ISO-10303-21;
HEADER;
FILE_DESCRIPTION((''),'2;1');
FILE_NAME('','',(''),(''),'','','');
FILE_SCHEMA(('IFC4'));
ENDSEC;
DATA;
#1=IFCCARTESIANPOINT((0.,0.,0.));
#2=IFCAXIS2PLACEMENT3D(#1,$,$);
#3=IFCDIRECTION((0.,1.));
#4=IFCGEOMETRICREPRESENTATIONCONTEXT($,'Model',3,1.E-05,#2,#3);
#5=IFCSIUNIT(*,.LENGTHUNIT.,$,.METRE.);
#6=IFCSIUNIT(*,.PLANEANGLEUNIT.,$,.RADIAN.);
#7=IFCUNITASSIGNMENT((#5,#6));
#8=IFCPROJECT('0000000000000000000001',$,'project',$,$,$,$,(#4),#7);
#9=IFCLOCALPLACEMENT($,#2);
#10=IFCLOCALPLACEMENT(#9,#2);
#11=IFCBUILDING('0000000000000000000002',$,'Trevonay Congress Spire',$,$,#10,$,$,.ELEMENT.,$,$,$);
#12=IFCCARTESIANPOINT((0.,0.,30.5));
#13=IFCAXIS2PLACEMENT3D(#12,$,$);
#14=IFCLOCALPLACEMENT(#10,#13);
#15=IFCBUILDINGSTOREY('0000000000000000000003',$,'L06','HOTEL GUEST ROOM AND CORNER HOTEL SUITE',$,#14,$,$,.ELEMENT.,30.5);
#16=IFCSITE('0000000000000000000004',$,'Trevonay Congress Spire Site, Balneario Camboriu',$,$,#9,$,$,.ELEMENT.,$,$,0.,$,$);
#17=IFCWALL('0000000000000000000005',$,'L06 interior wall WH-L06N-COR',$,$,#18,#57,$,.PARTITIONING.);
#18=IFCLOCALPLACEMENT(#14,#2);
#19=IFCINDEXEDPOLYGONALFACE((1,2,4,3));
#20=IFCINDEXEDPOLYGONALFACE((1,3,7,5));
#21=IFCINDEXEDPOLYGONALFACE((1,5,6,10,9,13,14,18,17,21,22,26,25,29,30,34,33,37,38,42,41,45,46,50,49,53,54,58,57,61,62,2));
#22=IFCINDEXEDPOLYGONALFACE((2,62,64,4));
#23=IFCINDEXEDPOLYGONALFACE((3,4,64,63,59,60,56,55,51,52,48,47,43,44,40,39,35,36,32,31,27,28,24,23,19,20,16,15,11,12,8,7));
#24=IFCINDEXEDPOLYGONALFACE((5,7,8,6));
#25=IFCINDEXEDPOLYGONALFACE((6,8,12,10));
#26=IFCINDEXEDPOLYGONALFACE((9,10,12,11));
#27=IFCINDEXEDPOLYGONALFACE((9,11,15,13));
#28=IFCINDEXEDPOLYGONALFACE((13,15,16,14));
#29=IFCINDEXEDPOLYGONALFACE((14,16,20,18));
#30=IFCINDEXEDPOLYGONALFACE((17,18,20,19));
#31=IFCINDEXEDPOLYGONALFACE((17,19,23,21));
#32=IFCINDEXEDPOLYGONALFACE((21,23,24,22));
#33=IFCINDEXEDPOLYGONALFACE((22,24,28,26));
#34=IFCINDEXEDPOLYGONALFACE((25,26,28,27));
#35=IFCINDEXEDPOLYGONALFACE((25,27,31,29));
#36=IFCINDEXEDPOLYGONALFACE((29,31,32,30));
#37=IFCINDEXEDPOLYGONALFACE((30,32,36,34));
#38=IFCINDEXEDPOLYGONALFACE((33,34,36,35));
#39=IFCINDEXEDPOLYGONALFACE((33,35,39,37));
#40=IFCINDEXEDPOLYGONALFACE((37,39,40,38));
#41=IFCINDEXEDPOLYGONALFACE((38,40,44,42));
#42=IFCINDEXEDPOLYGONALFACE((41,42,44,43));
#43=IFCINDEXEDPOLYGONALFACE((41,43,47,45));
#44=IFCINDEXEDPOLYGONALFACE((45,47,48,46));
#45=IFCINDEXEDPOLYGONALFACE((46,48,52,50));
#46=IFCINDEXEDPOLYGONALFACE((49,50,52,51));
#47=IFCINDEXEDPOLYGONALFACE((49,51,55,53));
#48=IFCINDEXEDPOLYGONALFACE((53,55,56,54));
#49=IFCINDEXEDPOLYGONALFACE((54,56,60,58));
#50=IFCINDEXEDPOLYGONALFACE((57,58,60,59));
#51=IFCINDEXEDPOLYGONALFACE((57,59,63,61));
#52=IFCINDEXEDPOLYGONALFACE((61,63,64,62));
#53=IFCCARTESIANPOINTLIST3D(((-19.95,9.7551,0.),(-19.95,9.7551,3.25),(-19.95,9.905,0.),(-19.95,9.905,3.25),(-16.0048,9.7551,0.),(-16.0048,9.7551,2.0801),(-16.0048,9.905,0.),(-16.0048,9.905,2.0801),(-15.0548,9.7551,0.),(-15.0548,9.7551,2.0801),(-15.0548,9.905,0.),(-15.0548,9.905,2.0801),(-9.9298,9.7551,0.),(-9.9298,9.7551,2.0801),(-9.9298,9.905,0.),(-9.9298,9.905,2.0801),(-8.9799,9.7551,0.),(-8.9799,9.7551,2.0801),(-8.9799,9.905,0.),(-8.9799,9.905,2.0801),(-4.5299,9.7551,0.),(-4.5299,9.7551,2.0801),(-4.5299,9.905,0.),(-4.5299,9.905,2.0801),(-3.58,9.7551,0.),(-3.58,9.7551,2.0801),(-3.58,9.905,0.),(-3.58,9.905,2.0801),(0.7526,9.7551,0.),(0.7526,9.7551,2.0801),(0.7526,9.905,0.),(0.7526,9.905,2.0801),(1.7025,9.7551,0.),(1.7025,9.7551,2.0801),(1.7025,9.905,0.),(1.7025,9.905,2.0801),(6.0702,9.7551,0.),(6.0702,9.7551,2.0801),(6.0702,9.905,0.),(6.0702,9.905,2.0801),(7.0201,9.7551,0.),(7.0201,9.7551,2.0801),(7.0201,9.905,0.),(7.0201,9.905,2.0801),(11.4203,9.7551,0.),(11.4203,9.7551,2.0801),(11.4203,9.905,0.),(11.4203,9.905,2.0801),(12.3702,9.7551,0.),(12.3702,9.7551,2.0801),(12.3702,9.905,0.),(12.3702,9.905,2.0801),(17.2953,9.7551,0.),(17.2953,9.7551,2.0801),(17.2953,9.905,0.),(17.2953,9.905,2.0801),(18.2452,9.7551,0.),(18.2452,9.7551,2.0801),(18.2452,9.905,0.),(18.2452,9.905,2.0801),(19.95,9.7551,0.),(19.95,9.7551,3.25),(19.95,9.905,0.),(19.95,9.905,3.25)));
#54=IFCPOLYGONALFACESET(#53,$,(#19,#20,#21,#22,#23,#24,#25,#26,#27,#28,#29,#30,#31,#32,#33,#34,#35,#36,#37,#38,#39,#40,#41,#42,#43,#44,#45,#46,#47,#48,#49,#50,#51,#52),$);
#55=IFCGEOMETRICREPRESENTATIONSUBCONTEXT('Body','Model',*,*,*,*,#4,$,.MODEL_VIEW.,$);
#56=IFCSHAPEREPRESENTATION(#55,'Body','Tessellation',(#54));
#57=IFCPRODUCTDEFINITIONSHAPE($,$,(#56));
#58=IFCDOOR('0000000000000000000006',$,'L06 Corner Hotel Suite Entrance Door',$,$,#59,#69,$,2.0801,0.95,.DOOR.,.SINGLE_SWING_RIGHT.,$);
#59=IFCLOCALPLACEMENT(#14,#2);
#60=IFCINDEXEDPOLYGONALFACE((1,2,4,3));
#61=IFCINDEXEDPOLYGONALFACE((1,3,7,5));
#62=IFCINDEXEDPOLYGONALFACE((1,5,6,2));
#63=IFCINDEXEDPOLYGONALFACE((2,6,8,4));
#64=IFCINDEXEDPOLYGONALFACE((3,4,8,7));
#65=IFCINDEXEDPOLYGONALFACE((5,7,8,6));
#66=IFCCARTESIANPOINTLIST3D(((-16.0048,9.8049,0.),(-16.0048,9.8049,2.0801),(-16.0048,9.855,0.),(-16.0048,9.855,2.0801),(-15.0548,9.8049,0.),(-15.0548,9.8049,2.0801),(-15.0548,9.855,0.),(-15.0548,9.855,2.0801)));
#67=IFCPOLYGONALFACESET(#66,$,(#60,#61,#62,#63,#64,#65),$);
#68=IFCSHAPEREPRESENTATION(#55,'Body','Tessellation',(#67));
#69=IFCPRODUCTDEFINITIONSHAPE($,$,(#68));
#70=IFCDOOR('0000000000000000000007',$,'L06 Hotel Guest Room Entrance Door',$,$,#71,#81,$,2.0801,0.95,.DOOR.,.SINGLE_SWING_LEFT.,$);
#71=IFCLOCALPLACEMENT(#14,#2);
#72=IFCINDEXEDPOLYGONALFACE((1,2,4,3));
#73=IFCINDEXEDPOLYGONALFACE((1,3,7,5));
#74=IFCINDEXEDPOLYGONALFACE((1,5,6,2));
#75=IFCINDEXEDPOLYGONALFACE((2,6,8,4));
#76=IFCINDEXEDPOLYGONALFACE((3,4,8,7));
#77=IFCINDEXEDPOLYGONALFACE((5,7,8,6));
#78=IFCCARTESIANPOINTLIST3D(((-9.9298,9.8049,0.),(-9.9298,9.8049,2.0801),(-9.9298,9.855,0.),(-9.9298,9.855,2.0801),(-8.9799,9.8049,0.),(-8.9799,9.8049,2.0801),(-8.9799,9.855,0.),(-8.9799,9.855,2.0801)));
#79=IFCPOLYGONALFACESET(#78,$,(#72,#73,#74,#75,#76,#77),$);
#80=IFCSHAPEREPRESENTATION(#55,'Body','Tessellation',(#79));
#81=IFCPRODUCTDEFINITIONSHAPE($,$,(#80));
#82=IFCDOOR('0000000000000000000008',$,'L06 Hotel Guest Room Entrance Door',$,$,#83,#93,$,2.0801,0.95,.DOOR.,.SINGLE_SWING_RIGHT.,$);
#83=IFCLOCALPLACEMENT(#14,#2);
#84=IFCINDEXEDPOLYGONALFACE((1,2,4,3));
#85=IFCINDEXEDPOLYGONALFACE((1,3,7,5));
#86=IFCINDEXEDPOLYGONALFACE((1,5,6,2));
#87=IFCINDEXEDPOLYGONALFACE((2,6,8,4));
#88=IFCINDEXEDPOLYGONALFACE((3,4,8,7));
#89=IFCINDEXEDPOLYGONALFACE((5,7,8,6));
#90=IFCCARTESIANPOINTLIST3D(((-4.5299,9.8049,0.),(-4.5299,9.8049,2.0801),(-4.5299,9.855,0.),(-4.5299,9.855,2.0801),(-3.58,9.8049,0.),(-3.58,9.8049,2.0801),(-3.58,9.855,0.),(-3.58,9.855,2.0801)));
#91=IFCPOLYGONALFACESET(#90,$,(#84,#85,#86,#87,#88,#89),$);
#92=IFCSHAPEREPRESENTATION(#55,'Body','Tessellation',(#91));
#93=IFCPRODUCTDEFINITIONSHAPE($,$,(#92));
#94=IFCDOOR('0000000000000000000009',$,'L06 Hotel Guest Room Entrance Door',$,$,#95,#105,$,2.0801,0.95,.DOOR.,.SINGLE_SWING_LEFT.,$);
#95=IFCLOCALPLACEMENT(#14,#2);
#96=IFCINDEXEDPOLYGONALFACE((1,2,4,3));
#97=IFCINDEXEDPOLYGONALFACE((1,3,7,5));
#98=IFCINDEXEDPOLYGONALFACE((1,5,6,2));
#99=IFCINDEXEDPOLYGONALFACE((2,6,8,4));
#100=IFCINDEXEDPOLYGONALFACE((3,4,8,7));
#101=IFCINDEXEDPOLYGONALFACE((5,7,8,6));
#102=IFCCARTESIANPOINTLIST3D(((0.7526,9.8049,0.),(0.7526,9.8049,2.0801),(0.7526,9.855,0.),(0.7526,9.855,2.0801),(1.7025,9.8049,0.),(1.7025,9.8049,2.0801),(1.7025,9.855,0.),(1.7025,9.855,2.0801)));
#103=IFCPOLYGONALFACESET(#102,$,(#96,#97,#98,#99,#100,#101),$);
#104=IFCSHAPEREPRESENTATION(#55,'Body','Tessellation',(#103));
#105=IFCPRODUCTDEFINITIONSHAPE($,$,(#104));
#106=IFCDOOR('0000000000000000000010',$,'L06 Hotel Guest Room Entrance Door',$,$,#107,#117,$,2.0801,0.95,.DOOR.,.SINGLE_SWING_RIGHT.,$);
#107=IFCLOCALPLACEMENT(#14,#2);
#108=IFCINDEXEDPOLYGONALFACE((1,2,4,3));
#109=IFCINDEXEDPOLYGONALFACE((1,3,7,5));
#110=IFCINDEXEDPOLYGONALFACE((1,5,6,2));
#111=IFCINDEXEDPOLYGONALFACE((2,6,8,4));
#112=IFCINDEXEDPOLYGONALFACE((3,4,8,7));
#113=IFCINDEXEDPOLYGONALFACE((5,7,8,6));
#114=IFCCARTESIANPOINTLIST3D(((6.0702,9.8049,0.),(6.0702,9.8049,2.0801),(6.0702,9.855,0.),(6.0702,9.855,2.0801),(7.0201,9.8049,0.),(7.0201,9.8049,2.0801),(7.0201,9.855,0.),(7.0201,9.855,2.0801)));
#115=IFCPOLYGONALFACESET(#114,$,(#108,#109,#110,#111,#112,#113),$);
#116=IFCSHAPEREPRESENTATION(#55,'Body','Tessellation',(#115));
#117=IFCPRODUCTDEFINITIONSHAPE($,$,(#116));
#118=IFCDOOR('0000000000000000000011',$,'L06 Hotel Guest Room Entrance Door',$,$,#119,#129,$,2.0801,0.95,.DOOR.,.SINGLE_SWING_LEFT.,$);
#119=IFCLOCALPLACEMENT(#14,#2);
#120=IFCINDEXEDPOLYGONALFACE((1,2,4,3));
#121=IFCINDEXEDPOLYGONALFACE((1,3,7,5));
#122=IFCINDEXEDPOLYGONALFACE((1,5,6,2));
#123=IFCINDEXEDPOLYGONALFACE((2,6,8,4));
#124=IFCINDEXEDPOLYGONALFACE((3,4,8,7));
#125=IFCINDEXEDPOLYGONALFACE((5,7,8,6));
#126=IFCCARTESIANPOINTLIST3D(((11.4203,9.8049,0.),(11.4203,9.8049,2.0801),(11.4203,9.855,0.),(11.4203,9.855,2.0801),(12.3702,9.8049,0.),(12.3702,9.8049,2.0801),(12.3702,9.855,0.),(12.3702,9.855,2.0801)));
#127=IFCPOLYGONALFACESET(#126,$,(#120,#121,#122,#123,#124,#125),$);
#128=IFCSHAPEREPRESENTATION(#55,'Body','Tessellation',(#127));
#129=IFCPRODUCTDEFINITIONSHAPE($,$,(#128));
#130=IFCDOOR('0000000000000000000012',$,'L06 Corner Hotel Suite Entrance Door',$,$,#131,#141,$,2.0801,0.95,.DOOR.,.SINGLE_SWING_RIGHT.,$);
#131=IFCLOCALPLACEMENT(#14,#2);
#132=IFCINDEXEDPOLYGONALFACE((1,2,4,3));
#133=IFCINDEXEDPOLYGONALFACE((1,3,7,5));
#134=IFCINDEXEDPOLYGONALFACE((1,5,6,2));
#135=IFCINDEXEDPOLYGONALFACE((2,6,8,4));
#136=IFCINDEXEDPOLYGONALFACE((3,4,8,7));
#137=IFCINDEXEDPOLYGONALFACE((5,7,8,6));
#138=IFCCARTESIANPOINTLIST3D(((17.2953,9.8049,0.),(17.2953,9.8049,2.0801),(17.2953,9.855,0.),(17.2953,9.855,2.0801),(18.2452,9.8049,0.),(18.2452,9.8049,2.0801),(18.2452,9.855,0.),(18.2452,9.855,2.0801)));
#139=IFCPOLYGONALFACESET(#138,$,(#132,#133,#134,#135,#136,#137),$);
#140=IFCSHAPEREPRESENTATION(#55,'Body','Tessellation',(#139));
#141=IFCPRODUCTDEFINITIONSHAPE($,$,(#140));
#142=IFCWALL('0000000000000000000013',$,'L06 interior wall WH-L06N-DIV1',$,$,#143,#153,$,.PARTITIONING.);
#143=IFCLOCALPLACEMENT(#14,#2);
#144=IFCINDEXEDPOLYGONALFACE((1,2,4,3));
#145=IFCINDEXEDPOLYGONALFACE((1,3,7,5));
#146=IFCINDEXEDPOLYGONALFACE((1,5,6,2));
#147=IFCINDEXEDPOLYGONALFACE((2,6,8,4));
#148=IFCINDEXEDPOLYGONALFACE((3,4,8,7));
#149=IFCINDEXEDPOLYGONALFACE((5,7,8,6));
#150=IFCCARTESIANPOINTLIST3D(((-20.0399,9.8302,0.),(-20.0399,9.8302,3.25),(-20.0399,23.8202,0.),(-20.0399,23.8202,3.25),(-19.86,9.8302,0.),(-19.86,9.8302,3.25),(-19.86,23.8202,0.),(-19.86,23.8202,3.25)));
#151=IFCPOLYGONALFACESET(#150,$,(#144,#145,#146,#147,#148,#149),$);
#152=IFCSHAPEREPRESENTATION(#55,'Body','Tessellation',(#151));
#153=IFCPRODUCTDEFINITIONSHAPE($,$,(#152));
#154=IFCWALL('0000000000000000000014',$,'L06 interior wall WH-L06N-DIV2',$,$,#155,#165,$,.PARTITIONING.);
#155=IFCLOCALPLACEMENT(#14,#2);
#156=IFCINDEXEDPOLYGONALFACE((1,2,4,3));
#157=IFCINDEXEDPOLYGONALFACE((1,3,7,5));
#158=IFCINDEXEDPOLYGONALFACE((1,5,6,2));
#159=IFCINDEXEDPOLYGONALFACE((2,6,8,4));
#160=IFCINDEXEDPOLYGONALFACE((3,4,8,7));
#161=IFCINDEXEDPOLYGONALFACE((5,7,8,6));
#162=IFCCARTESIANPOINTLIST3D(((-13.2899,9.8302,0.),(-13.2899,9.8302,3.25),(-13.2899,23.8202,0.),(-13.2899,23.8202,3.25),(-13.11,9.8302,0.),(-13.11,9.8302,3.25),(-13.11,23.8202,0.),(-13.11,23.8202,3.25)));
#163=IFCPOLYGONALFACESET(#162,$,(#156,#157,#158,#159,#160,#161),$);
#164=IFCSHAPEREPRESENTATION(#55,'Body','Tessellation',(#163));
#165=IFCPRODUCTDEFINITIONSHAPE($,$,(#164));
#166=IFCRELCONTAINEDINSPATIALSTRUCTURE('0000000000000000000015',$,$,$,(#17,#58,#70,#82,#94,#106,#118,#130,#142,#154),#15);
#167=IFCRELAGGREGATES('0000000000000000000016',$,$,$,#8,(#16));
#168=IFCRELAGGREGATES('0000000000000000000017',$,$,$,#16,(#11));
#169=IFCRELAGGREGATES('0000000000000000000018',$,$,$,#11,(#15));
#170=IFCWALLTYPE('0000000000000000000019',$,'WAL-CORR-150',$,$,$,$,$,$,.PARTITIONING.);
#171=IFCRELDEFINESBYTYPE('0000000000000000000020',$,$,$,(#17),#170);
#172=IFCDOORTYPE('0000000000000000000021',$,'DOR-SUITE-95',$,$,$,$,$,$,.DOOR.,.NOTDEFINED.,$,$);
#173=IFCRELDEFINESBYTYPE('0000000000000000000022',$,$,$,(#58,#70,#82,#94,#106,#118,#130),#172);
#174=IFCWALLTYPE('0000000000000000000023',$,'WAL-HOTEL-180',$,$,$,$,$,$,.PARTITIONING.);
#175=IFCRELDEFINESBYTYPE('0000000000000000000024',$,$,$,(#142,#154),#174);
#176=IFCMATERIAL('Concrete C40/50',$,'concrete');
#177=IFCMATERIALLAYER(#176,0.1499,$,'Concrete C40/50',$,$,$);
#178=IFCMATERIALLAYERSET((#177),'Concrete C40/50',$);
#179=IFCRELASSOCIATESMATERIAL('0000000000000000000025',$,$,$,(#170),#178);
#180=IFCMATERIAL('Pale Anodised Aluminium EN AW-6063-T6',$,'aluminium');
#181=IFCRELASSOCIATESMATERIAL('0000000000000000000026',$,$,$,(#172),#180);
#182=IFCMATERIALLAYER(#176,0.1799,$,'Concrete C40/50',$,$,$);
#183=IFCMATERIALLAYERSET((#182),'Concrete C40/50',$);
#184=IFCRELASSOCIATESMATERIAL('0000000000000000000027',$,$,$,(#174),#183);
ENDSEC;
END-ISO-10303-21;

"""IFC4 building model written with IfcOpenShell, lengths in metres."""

from ifc_helpers import new_model, si_unit, direction, frame, frame_2d, origin, place, context, subcontext, project, spatial, rectangle, extrude, material, layer, layer_set, type_object, element, fill, save


model = new_model("IFC4")

# Units and contexts
model_context = context("Model", 3, precision=1e-05, world=origin(), true_north=direction((0.0, 1.0)))
body_context = subcontext(model_context, "Body", "Model", "MODEL_VIEW")
ifc_project = project(units=[si_unit("LENGTHUNIT", "METRE"), si_unit("PLANEANGLEUNIT", "RADIAN")], contexts=[model_context])

# Site, building, storey
site_placement = place(None, origin())
site = spatial("IfcSite", under=ifc_project, at=site_placement, Name="Trevonay Congress Spire Site, Balneario Camboriu", CompositionType="ELEMENT", RefElevation=0.0)
building_placement = place(site_placement, origin())
building = spatial("IfcBuilding", under=site, at=building_placement, Name="Trevonay Congress Spire", CompositionType="ELEMENT")
storey_placement = place(building_placement, frame((0.0, 0.0, 30.5)))
storey = spatial("IfcBuildingStorey", under=building, at=storey_placement, Name="L06", Description="HOTEL GUEST ROOM AND CORNER HOTEL SUITE", CompositionType="ELEMENT", Elevation=30.5)

# Shared definitions
ifc_material_1 = material(Name="Concrete C40/50", Category="concrete")
ifc_material_2 = material(Name="Pale Anodised Aluminium EN AW-6063-T6", Category="aluminium")

# Wall, openings, doors
ifc_layer_1 = layer(ifc_material_1, 0.1499, Name="Concrete C40/50")
ifc_layer_set_1 = layer_set([ifc_layer_1], Name="Concrete C40/50")
wall_type_1 = type_object("IfcWallType", Name="WAL-CORR-150", PredefinedType="PARTITIONING", material=ifc_layer_set_1)
wall_1_placement = place(storey_placement, frame((-19.95, 9.8301, 0.0), z_axis=(0.0, 0.0, 1.0), x_axis=(1.0, 0.0, 0.0)))
wall_1 = element("IfcWall", 1, at=wall_1_placement, inside=storey, type_object=wall_type_1, Name="L06 interior wall WH-L06N-COR", PredefinedType="PARTITIONING", context=body_context, shape_type="SweptSolid", body=[
    extrude(rectangle(XDim=39.8999, YDim=0.1499, at=frame_2d((19.95, 0.0))), origin(), (0.0, 0.0, 1.0), 3.25),
])
opening_1_placement = place(wall_1_placement, frame((3.9451, 0.0, 0.0)))
opening_1 = element("IfcOpeningElement", 2, at=opening_1_placement, cuts=wall_1, PredefinedType="OPENING", context=body_context, shape_type="SweptSolid", body=[
    extrude(rectangle(XDim=0.95, YDim=2.0801, at=frame_2d((0.4751, 1.04))), frame((0.0, 0.085, 0.0), z_axis=(0.0, -1.0, 0.0), x_axis=(1.0, 0.0, 0.0)), (0.0, 0.0, 1.0), 0.1699),
])
opening_2_placement = place(wall_1_placement, frame((10.02, 0.0, 0.0)))
opening_2 = element("IfcOpeningElement", 3, at=opening_2_placement, cuts=wall_1, PredefinedType="OPENING", context=body_context, shape_type="SweptSolid", body=[
    extrude(rectangle(XDim=0.95, YDim=2.0801, at=frame_2d((0.4751, 1.04))), frame((0.0, 0.085, 0.0), z_axis=(0.0, -1.0, 0.0), x_axis=(1.0, 0.0, 0.0)), (0.0, 0.0, 1.0), 0.1699),
])
opening_3_placement = place(wall_1_placement, frame((15.4199, 0.0, 0.0)))
opening_3 = element("IfcOpeningElement", 4, at=opening_3_placement, cuts=wall_1, PredefinedType="OPENING", context=body_context, shape_type="SweptSolid", body=[
    extrude(rectangle(XDim=0.95, YDim=2.0801, at=frame_2d((0.4751, 1.04))), frame((0.0, 0.085, 0.0), z_axis=(0.0, -1.0, 0.0), x_axis=(1.0, 0.0, 0.0)), (0.0, 0.0, 1.0), 0.1699),
])
opening_4_placement = place(wall_1_placement, frame((20.7024, 0.0, 0.0)))
opening_4 = element("IfcOpeningElement", 5, at=opening_4_placement, cuts=wall_1, PredefinedType="OPENING", context=body_context, shape_type="SweptSolid", body=[
    extrude(rectangle(XDim=0.95, YDim=2.0801, at=frame_2d((0.4751, 1.04))), frame((0.0, 0.085, 0.0), z_axis=(0.0, -1.0, 0.0), x_axis=(1.0, 0.0, 0.0)), (0.0, 0.0, 1.0), 0.1699),
])
opening_5_placement = place(wall_1_placement, frame((26.02, 0.0, 0.0)))
opening_5 = element("IfcOpeningElement", 6, at=opening_5_placement, cuts=wall_1, PredefinedType="OPENING", context=body_context, shape_type="SweptSolid", body=[
    extrude(rectangle(XDim=0.95, YDim=2.0801, at=frame_2d((0.4751, 1.04))), frame((0.0, 0.085, 0.0), z_axis=(0.0, -1.0, 0.0), x_axis=(1.0, 0.0, 0.0)), (0.0, 0.0, 1.0), 0.1699),
])
opening_6_placement = place(wall_1_placement, frame((31.3701, 0.0, 0.0)))
opening_6 = element("IfcOpeningElement", 7, at=opening_6_placement, cuts=wall_1, PredefinedType="OPENING", context=body_context, shape_type="SweptSolid", body=[
    extrude(rectangle(XDim=0.95, YDim=2.0801, at=frame_2d((0.4751, 1.04))), frame((0.0, 0.085, 0.0), z_axis=(0.0, -1.0, 0.0), x_axis=(1.0, 0.0, 0.0)), (0.0, 0.0, 1.0), 0.1699),
])
opening_7_placement = place(wall_1_placement, frame((37.2451, 0.0, 0.0)))
opening_7 = element("IfcOpeningElement", 8, at=opening_7_placement, cuts=wall_1, PredefinedType="OPENING", context=body_context, shape_type="SweptSolid", body=[
    extrude(rectangle(XDim=0.95, YDim=2.0801, at=frame_2d((0.4751, 1.04))), frame((0.0, 0.085, 0.0), z_axis=(0.0, -1.0, 0.0), x_axis=(1.0, 0.0, 0.0)), (0.0, 0.0, 1.0), 0.1699),
])
door_type_1 = type_object("IfcDoorType", Name="DOR-SUITE-95", OperationType="NOTDEFINED", PredefinedType="DOOR", material=ifc_material_2)
door_1_placement = place(opening_1_placement, origin())
door_1 = element("IfcDoor", 9, at=door_1_placement, inside=storey, type_object=door_type_1, Name="L06 Corner Hotel Suite Entrance Door", OperationType="SINGLE_SWING_RIGHT", OverallHeight=2.0801, OverallWidth=0.95, PredefinedType="DOOR", context=body_context, shape_type="SweptSolid", body=[
    extrude(rectangle(XDim=0.95, YDim=2.0801, at=frame_2d((0.4751, 1.04))), frame((0.0, 0.0249, 0.0), z_axis=(0.0, -1.0, 0.0), x_axis=(1.0, 0.0, 0.0)), (0.0, 0.0, 1.0), 0.05),
])
fill(opening_1, door_1)
door_2_placement = place(opening_2_placement, origin())
door_2 = element("IfcDoor", 10, at=door_2_placement, inside=storey, type_object=door_type_1, Name="L06 Hotel Guest Room Entrance Door", OperationType="SINGLE_SWING_LEFT", OverallHeight=2.0801, OverallWidth=0.95, PredefinedType="DOOR", context=body_context, shape_type="SweptSolid", body=[
    extrude(rectangle(XDim=0.95, YDim=2.0801, at=frame_2d((0.4751, 1.04))), frame((0.0, 0.0249, 0.0), z_axis=(0.0, -1.0, 0.0), x_axis=(1.0, 0.0, 0.0)), (0.0, 0.0, 1.0), 0.05),
])
fill(opening_2, door_2)
door_3_placement = place(opening_3_placement, origin())
door_3 = element("IfcDoor", 11, at=door_3_placement, inside=storey, type_object=door_type_1, Name="L06 Hotel Guest Room Entrance Door", OperationType="SINGLE_SWING_RIGHT", OverallHeight=2.0801, OverallWidth=0.95, PredefinedType="DOOR", context=body_context, shape_type="SweptSolid", body=[
    extrude(rectangle(XDim=0.95, YDim=2.0801, at=frame_2d((0.4751, 1.04))), frame((0.0, 0.0249, 0.0), z_axis=(0.0, -1.0, 0.0), x_axis=(1.0, 0.0, 0.0)), (0.0, 0.0, 1.0), 0.05),
])
fill(opening_3, door_3)
door_4_placement = place(opening_4_placement, origin())
door_4 = element("IfcDoor", 12, at=door_4_placement, inside=storey, type_object=door_type_1, Name="L06 Hotel Guest Room Entrance Door", OperationType="SINGLE_SWING_LEFT", OverallHeight=2.0801, OverallWidth=0.95, PredefinedType="DOOR", context=body_context, shape_type="SweptSolid", body=[
    extrude(rectangle(XDim=0.95, YDim=2.0801, at=frame_2d((0.4751, 1.04))), frame((0.0, 0.0249, 0.0), z_axis=(0.0, -1.0, 0.0), x_axis=(1.0, 0.0, 0.0)), (0.0, 0.0, 1.0), 0.05),
])
fill(opening_4, door_4)
door_5_placement = place(opening_5_placement, origin())
door_5 = element("IfcDoor", 13, at=door_5_placement, inside=storey, type_object=door_type_1, Name="L06 Hotel Guest Room Entrance Door", OperationType="SINGLE_SWING_RIGHT", OverallHeight=2.0801, OverallWidth=0.95, PredefinedType="DOOR", context=body_context, shape_type="SweptSolid", body=[
    extrude(rectangle(XDim=0.95, YDim=2.0801, at=frame_2d((0.4751, 1.04))), frame((0.0, 0.0249, 0.0), z_axis=(0.0, -1.0, 0.0), x_axis=(1.0, 0.0, 0.0)), (0.0, 0.0, 1.0), 0.05),
])
fill(opening_5, door_5)
door_6_placement = place(opening_6_placement, origin())
door_6 = element("IfcDoor", 14, at=door_6_placement, inside=storey, type_object=door_type_1, Name="L06 Hotel Guest Room Entrance Door", OperationType="SINGLE_SWING_LEFT", OverallHeight=2.0801, OverallWidth=0.95, PredefinedType="DOOR", context=body_context, shape_type="SweptSolid", body=[
    extrude(rectangle(XDim=0.95, YDim=2.0801, at=frame_2d((0.4751, 1.04))), frame((0.0, 0.0249, 0.0), z_axis=(0.0, -1.0, 0.0), x_axis=(1.0, 0.0, 0.0)), (0.0, 0.0, 1.0), 0.05),
])
fill(opening_6, door_6)
door_7_placement = place(opening_7_placement, origin())
door_7 = element("IfcDoor", 15, at=door_7_placement, inside=storey, type_object=door_type_1, Name="L06 Corner Hotel Suite Entrance Door", OperationType="SINGLE_SWING_RIGHT", OverallHeight=2.0801, OverallWidth=0.95, PredefinedType="DOOR", context=body_context, shape_type="SweptSolid", body=[
    extrude(rectangle(XDim=0.95, YDim=2.0801, at=frame_2d((0.4751, 1.04))), frame((0.0, 0.0249, 0.0), z_axis=(0.0, -1.0, 0.0), x_axis=(1.0, 0.0, 0.0)), (0.0, 0.0, 1.0), 0.05),
])
fill(opening_7, door_7)

# Walls
ifc_layer_2 = layer(ifc_material_1, 0.1799, Name="Concrete C40/50")
ifc_layer_set_2 = layer_set([ifc_layer_2], Name="Concrete C40/50")
wall_type_2 = type_object("IfcWallType", Name="WAL-HOTEL-180", PredefinedType="PARTITIONING", material=ifc_layer_set_2)
for number, where, z_axis, x_axis, name in (
    (16, (-19.95, 9.8301, 0.0), (0.0, 0.0, 1.0), (0.0, 1.0, 0.0), "L06 interior wall WH-L06N-DIV1"),
    (17, (-13.2, 9.8301, 0.0), (0.0, 0.0, 1.0), (0.0, 1.0, 0.0), "L06 interior wall WH-L06N-DIV2"),
):
    element("IfcWall", number, at=place(storey_placement, frame(where, z_axis=z_axis, x_axis=x_axis)), inside=storey, type_object=wall_type_2, Name=name, PredefinedType="PARTITIONING", context=body_context, shape_type="SweptSolid", body=[
        extrude(rectangle(XDim=13.99, YDim=0.1799, at=frame_2d((6.9951, 0.0))), origin(), (0.0, 0.0, 1.0), 3.25),
    ])

save(model, "model.ifc")
